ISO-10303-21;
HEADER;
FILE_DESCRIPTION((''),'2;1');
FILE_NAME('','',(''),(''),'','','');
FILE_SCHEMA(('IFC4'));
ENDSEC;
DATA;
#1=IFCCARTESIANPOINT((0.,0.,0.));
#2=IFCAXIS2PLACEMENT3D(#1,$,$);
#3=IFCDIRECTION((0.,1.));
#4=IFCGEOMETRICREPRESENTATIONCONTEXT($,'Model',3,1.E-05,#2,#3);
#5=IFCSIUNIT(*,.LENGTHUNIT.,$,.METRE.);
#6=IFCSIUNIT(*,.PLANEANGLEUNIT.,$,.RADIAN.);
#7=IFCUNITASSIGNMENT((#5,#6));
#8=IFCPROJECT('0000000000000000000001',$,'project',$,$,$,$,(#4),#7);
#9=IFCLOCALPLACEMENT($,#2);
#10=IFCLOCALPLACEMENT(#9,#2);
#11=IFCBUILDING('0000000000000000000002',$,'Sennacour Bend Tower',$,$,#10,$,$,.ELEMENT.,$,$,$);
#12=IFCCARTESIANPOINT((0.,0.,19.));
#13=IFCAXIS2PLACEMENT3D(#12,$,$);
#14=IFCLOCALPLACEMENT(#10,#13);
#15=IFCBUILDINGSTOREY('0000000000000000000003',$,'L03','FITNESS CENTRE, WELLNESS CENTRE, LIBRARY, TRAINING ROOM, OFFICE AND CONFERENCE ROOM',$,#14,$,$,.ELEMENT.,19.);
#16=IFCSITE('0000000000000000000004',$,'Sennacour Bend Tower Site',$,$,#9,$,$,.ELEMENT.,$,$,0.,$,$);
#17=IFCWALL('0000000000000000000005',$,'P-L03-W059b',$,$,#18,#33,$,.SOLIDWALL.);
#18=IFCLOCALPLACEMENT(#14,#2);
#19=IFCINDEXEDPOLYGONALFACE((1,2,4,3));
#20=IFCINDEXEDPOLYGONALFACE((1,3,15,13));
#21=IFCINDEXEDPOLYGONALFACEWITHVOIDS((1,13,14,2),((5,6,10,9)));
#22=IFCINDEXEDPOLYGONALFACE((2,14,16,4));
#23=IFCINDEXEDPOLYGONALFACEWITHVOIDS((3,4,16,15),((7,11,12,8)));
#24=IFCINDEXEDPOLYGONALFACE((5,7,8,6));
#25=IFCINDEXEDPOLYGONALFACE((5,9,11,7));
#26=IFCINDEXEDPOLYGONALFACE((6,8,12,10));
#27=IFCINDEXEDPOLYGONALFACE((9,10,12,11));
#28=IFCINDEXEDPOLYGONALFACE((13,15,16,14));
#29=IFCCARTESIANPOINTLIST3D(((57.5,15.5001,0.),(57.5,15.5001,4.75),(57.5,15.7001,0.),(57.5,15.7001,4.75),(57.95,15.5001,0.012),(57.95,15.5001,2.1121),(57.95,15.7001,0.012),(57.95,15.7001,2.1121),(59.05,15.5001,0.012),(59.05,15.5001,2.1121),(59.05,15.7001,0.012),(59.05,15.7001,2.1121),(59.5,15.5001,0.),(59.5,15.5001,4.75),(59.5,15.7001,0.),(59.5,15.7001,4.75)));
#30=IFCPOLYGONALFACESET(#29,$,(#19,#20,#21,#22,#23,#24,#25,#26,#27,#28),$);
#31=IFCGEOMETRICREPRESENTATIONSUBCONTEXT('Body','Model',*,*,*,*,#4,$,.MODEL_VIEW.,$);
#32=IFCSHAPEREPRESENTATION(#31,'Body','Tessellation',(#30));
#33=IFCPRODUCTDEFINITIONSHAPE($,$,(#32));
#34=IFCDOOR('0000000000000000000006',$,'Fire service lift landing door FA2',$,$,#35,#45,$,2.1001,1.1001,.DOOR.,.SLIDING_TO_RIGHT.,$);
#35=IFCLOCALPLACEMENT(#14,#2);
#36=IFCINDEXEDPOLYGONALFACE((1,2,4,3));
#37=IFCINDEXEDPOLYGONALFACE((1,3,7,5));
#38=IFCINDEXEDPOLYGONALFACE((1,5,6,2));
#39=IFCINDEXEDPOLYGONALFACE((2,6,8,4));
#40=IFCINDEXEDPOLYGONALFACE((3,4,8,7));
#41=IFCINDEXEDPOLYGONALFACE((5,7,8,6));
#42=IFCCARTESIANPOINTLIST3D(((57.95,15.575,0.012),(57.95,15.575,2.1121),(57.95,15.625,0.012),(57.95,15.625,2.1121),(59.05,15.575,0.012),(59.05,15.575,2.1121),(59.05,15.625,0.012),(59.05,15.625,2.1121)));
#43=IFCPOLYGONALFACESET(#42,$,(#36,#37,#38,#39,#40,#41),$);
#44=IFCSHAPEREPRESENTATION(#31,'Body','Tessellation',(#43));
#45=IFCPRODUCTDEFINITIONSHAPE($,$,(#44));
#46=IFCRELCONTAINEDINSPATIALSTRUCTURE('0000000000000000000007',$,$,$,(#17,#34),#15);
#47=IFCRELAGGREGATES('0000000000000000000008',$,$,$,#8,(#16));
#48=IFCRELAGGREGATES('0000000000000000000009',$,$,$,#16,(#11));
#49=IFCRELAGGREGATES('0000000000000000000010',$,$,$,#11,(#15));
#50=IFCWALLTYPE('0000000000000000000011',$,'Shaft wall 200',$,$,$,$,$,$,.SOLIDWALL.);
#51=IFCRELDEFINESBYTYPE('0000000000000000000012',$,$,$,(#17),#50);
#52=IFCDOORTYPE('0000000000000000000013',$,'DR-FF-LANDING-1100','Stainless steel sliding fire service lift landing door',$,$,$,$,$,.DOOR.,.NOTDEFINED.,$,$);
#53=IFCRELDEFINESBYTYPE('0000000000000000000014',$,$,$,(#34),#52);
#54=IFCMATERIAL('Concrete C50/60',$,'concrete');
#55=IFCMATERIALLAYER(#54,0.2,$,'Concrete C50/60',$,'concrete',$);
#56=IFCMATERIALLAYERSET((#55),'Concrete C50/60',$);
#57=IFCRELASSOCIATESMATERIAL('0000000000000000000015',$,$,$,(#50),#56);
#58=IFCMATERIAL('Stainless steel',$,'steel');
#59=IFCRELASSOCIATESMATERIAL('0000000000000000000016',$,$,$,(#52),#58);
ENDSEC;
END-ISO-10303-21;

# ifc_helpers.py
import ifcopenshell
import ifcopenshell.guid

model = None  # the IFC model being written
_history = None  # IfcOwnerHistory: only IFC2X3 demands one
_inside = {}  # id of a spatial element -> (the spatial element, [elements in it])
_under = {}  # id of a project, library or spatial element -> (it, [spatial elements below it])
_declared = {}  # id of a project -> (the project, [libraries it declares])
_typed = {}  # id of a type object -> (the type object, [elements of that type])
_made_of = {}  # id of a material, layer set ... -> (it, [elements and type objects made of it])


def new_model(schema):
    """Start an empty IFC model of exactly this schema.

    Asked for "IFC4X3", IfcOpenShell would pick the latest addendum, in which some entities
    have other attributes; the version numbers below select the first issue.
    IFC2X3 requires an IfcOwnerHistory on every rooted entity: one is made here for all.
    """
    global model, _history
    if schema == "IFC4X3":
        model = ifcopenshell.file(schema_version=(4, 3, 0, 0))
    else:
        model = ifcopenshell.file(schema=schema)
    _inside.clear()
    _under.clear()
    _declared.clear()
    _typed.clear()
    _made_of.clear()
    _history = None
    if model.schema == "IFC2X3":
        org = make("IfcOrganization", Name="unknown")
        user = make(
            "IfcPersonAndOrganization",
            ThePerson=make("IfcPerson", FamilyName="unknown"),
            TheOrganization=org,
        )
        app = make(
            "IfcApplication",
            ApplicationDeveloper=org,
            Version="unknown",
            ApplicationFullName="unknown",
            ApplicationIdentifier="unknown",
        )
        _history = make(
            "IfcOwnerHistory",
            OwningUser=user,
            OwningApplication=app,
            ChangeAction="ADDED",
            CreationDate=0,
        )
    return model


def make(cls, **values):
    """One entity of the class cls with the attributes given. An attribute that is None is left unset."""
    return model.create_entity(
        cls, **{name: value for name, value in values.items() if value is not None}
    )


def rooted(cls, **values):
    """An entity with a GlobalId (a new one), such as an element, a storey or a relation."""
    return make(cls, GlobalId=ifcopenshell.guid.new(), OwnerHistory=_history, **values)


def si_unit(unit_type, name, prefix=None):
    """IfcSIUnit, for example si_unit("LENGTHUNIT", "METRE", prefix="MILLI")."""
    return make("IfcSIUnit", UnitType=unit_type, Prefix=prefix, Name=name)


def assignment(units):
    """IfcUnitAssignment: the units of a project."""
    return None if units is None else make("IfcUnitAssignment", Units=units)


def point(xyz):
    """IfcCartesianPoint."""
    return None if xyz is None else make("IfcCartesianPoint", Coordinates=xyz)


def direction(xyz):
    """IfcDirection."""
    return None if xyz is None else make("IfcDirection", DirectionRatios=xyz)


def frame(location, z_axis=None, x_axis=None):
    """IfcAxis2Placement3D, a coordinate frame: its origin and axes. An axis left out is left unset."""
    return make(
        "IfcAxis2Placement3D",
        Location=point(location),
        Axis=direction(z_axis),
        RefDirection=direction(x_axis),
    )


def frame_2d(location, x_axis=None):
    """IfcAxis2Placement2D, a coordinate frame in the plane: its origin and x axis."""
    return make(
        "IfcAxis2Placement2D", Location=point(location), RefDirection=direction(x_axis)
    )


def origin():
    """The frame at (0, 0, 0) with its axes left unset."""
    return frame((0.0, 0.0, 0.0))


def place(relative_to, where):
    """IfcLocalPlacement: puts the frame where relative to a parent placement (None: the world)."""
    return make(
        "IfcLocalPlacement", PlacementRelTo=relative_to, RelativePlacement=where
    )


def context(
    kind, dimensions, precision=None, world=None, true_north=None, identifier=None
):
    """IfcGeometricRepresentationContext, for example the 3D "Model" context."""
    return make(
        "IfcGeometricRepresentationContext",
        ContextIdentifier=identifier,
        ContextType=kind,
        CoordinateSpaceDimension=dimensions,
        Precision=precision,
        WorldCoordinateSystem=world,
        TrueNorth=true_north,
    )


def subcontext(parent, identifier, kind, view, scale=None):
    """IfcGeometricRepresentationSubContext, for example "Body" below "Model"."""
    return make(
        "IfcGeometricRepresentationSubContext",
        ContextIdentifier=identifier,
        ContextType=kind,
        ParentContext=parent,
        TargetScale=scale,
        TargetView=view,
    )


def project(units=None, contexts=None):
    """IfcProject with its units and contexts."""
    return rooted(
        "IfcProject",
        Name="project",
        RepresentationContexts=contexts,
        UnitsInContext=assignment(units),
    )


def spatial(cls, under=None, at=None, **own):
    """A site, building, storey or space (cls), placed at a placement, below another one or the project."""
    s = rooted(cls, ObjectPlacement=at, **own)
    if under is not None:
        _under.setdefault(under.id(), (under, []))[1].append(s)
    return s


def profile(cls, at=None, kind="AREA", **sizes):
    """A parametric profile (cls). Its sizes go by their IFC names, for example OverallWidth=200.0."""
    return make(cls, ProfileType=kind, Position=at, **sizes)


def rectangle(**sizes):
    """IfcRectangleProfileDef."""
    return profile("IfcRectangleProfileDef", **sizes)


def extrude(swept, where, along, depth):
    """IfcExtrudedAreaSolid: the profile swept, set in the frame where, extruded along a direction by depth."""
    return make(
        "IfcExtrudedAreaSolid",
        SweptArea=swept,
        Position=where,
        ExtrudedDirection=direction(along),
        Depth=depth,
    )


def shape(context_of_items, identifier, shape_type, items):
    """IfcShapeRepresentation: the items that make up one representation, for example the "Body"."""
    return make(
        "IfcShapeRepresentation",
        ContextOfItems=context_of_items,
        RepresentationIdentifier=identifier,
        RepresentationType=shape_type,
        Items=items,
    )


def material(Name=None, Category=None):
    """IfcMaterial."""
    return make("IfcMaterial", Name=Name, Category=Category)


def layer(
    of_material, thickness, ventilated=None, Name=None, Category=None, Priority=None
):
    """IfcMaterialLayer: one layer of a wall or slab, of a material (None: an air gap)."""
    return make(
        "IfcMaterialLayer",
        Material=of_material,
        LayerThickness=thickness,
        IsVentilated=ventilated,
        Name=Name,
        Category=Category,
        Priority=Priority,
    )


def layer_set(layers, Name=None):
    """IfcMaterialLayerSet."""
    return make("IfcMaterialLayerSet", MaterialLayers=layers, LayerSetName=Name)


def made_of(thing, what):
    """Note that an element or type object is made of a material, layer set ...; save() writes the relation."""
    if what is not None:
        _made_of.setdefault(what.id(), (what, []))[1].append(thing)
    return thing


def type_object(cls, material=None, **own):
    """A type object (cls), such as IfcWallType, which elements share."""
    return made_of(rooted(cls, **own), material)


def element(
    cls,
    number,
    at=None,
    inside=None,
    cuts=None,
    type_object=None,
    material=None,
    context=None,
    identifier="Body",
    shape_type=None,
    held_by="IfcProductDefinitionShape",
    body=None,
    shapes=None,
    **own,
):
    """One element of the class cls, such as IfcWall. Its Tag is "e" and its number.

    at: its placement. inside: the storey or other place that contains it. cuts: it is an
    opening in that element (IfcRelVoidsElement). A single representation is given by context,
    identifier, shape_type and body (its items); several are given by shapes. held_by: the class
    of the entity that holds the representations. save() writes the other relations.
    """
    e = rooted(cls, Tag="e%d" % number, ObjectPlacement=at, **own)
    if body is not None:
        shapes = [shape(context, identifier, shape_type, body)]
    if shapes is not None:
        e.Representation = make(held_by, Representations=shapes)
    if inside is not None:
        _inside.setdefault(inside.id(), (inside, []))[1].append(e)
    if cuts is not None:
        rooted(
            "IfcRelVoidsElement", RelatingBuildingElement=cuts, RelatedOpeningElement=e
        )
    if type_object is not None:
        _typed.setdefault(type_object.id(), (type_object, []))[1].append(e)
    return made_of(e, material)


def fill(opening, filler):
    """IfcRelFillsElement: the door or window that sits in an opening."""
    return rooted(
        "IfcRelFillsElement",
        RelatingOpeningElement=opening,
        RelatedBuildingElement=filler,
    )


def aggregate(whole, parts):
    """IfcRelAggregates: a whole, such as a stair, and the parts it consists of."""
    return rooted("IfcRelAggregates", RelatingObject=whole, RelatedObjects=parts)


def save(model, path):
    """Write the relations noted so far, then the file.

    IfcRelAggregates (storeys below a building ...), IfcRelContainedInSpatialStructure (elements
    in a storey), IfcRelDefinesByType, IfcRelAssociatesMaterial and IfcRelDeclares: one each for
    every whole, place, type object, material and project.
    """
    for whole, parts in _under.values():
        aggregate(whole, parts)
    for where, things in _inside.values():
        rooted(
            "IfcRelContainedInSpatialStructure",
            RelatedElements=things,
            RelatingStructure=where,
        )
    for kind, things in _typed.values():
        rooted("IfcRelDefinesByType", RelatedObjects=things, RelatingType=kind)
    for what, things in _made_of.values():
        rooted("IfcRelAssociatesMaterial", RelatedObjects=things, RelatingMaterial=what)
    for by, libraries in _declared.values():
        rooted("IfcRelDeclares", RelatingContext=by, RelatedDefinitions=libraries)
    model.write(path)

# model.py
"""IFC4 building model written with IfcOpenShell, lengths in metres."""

from ifc_helpers import new_model, si_unit, direction, frame, frame_2d, origin, place, context, subcontext, project, spatial, rectangle, extrude, material, layer, layer_set, type_object, element, fill, save


model = new_model("IFC4")

# Units and contexts
model_context = context("Model", 3, precision=1e-05, world=origin(), true_north=direction((0.0, 1.0)))
body_context = subcontext(model_context, "Body", "Model", "MODEL_VIEW")
ifc_project = project(units=[si_unit("LENGTHUNIT", "METRE"), si_unit("PLANEANGLEUNIT", "RADIAN")], contexts=[model_context])

# Site, building, storey
site_placement = place(None, origin())
site = spatial("IfcSite", under=ifc_project, at=site_placement, Name="Sennacour Bend Tower Site", CompositionType="ELEMENT", RefElevation=0.0)
building_placement = place(site_placement, origin())
building = spatial("IfcBuilding", under=site, at=building_placement, Name="Sennacour Bend Tower", CompositionType="ELEMENT")
storey_placement = place(building_placement, frame((0.0, 0.0, 19.0)))
storey = spatial("IfcBuildingStorey", under=building, at=storey_placement, Name="L03", Description="FITNESS CENTRE, WELLNESS CENTRE, LIBRARY, TRAINING ROOM, OFFICE AND CONFERENCE ROOM", CompositionType="ELEMENT", Elevation=19.0)

# Shared definitions
ifc_material_1 = material(Name="Concrete C50/60", Category="concrete")
ifc_layer_1 = layer(ifc_material_1, 0.2, Name="Concrete C50/60", Category="concrete")
ifc_layer_set_1 = layer_set([ifc_layer_1], Name="Concrete C50/60")
wall_type_1 = type_object("IfcWallType", Name="Shaft wall 200", PredefinedType="SOLIDWALL", material=ifc_layer_set_1)

# Wall, opening, door
ifc_material_2 = material(Name="Stainless steel", Category="steel")
wall_1_placement = place(storey_placement, frame((57.5, 15.6001, 0.0), z_axis=(0.0, 0.0, 1.0), x_axis=(1.0, 0.0, 0.0)))
wall_1 = element("IfcWall", 1, at=wall_1_placement, inside=storey, type_object=wall_type_1, Name="P-L03-W059b", PredefinedType="SOLIDWALL", context=body_context, shape_type="SweptSolid", body=[
    extrude(rectangle(XDim=2.0, YDim=0.2, at=frame_2d((1.0, 0.0))), origin(), (0.0, 0.0, 1.0), 4.75),
])
opening_1_placement = place(wall_1_placement, frame((0.45, 0.0, 0.012)))
opening_1 = element("IfcOpeningElement", 2, at=opening_1_placement, cuts=wall_1, PredefinedType="OPENING", context=body_context, shape_type="SweptSolid", body=[
    extrude(rectangle(XDim=1.1001, YDim=2.1001, at=frame_2d((0.55, 1.05))), frame((0.0, 0.1099, 0.0), z_axis=(0.0, -1.0, 0.0), x_axis=(1.0, 0.0, 0.0)), (0.0, 0.0, 1.0), 0.22),
])
door_type_1 = type_object("IfcDoorType", Name="DR-FF-LANDING-1100", Description="Stainless steel sliding fire service lift landing door", OperationType="NOTDEFINED", PredefinedType="DOOR", material=ifc_material_2)
door_1_placement = place(opening_1_placement, origin())
door_1 = element("IfcDoor", 3, at=door_1_placement, inside=storey, type_object=door_type_1, Name="Fire service lift landing door FA2", OperationType="SLIDING_TO_RIGHT", OverallHeight=2.1001, OverallWidth=1.1001, PredefinedType="DOOR", context=body_context, shape_type="SweptSolid", body=[
    extrude(rectangle(XDim=1.1001, YDim=2.1001, at=frame_2d((0.55, 1.05))), frame((0.0, 0.0249, 0.0), z_axis=(0.0, -1.0, 0.0), x_axis=(1.0, 0.0, 0.0)), (0.0, 0.0, 1.0), 0.05),
])
fill(opening_1, door_1)

save(model, "model.ifc")
